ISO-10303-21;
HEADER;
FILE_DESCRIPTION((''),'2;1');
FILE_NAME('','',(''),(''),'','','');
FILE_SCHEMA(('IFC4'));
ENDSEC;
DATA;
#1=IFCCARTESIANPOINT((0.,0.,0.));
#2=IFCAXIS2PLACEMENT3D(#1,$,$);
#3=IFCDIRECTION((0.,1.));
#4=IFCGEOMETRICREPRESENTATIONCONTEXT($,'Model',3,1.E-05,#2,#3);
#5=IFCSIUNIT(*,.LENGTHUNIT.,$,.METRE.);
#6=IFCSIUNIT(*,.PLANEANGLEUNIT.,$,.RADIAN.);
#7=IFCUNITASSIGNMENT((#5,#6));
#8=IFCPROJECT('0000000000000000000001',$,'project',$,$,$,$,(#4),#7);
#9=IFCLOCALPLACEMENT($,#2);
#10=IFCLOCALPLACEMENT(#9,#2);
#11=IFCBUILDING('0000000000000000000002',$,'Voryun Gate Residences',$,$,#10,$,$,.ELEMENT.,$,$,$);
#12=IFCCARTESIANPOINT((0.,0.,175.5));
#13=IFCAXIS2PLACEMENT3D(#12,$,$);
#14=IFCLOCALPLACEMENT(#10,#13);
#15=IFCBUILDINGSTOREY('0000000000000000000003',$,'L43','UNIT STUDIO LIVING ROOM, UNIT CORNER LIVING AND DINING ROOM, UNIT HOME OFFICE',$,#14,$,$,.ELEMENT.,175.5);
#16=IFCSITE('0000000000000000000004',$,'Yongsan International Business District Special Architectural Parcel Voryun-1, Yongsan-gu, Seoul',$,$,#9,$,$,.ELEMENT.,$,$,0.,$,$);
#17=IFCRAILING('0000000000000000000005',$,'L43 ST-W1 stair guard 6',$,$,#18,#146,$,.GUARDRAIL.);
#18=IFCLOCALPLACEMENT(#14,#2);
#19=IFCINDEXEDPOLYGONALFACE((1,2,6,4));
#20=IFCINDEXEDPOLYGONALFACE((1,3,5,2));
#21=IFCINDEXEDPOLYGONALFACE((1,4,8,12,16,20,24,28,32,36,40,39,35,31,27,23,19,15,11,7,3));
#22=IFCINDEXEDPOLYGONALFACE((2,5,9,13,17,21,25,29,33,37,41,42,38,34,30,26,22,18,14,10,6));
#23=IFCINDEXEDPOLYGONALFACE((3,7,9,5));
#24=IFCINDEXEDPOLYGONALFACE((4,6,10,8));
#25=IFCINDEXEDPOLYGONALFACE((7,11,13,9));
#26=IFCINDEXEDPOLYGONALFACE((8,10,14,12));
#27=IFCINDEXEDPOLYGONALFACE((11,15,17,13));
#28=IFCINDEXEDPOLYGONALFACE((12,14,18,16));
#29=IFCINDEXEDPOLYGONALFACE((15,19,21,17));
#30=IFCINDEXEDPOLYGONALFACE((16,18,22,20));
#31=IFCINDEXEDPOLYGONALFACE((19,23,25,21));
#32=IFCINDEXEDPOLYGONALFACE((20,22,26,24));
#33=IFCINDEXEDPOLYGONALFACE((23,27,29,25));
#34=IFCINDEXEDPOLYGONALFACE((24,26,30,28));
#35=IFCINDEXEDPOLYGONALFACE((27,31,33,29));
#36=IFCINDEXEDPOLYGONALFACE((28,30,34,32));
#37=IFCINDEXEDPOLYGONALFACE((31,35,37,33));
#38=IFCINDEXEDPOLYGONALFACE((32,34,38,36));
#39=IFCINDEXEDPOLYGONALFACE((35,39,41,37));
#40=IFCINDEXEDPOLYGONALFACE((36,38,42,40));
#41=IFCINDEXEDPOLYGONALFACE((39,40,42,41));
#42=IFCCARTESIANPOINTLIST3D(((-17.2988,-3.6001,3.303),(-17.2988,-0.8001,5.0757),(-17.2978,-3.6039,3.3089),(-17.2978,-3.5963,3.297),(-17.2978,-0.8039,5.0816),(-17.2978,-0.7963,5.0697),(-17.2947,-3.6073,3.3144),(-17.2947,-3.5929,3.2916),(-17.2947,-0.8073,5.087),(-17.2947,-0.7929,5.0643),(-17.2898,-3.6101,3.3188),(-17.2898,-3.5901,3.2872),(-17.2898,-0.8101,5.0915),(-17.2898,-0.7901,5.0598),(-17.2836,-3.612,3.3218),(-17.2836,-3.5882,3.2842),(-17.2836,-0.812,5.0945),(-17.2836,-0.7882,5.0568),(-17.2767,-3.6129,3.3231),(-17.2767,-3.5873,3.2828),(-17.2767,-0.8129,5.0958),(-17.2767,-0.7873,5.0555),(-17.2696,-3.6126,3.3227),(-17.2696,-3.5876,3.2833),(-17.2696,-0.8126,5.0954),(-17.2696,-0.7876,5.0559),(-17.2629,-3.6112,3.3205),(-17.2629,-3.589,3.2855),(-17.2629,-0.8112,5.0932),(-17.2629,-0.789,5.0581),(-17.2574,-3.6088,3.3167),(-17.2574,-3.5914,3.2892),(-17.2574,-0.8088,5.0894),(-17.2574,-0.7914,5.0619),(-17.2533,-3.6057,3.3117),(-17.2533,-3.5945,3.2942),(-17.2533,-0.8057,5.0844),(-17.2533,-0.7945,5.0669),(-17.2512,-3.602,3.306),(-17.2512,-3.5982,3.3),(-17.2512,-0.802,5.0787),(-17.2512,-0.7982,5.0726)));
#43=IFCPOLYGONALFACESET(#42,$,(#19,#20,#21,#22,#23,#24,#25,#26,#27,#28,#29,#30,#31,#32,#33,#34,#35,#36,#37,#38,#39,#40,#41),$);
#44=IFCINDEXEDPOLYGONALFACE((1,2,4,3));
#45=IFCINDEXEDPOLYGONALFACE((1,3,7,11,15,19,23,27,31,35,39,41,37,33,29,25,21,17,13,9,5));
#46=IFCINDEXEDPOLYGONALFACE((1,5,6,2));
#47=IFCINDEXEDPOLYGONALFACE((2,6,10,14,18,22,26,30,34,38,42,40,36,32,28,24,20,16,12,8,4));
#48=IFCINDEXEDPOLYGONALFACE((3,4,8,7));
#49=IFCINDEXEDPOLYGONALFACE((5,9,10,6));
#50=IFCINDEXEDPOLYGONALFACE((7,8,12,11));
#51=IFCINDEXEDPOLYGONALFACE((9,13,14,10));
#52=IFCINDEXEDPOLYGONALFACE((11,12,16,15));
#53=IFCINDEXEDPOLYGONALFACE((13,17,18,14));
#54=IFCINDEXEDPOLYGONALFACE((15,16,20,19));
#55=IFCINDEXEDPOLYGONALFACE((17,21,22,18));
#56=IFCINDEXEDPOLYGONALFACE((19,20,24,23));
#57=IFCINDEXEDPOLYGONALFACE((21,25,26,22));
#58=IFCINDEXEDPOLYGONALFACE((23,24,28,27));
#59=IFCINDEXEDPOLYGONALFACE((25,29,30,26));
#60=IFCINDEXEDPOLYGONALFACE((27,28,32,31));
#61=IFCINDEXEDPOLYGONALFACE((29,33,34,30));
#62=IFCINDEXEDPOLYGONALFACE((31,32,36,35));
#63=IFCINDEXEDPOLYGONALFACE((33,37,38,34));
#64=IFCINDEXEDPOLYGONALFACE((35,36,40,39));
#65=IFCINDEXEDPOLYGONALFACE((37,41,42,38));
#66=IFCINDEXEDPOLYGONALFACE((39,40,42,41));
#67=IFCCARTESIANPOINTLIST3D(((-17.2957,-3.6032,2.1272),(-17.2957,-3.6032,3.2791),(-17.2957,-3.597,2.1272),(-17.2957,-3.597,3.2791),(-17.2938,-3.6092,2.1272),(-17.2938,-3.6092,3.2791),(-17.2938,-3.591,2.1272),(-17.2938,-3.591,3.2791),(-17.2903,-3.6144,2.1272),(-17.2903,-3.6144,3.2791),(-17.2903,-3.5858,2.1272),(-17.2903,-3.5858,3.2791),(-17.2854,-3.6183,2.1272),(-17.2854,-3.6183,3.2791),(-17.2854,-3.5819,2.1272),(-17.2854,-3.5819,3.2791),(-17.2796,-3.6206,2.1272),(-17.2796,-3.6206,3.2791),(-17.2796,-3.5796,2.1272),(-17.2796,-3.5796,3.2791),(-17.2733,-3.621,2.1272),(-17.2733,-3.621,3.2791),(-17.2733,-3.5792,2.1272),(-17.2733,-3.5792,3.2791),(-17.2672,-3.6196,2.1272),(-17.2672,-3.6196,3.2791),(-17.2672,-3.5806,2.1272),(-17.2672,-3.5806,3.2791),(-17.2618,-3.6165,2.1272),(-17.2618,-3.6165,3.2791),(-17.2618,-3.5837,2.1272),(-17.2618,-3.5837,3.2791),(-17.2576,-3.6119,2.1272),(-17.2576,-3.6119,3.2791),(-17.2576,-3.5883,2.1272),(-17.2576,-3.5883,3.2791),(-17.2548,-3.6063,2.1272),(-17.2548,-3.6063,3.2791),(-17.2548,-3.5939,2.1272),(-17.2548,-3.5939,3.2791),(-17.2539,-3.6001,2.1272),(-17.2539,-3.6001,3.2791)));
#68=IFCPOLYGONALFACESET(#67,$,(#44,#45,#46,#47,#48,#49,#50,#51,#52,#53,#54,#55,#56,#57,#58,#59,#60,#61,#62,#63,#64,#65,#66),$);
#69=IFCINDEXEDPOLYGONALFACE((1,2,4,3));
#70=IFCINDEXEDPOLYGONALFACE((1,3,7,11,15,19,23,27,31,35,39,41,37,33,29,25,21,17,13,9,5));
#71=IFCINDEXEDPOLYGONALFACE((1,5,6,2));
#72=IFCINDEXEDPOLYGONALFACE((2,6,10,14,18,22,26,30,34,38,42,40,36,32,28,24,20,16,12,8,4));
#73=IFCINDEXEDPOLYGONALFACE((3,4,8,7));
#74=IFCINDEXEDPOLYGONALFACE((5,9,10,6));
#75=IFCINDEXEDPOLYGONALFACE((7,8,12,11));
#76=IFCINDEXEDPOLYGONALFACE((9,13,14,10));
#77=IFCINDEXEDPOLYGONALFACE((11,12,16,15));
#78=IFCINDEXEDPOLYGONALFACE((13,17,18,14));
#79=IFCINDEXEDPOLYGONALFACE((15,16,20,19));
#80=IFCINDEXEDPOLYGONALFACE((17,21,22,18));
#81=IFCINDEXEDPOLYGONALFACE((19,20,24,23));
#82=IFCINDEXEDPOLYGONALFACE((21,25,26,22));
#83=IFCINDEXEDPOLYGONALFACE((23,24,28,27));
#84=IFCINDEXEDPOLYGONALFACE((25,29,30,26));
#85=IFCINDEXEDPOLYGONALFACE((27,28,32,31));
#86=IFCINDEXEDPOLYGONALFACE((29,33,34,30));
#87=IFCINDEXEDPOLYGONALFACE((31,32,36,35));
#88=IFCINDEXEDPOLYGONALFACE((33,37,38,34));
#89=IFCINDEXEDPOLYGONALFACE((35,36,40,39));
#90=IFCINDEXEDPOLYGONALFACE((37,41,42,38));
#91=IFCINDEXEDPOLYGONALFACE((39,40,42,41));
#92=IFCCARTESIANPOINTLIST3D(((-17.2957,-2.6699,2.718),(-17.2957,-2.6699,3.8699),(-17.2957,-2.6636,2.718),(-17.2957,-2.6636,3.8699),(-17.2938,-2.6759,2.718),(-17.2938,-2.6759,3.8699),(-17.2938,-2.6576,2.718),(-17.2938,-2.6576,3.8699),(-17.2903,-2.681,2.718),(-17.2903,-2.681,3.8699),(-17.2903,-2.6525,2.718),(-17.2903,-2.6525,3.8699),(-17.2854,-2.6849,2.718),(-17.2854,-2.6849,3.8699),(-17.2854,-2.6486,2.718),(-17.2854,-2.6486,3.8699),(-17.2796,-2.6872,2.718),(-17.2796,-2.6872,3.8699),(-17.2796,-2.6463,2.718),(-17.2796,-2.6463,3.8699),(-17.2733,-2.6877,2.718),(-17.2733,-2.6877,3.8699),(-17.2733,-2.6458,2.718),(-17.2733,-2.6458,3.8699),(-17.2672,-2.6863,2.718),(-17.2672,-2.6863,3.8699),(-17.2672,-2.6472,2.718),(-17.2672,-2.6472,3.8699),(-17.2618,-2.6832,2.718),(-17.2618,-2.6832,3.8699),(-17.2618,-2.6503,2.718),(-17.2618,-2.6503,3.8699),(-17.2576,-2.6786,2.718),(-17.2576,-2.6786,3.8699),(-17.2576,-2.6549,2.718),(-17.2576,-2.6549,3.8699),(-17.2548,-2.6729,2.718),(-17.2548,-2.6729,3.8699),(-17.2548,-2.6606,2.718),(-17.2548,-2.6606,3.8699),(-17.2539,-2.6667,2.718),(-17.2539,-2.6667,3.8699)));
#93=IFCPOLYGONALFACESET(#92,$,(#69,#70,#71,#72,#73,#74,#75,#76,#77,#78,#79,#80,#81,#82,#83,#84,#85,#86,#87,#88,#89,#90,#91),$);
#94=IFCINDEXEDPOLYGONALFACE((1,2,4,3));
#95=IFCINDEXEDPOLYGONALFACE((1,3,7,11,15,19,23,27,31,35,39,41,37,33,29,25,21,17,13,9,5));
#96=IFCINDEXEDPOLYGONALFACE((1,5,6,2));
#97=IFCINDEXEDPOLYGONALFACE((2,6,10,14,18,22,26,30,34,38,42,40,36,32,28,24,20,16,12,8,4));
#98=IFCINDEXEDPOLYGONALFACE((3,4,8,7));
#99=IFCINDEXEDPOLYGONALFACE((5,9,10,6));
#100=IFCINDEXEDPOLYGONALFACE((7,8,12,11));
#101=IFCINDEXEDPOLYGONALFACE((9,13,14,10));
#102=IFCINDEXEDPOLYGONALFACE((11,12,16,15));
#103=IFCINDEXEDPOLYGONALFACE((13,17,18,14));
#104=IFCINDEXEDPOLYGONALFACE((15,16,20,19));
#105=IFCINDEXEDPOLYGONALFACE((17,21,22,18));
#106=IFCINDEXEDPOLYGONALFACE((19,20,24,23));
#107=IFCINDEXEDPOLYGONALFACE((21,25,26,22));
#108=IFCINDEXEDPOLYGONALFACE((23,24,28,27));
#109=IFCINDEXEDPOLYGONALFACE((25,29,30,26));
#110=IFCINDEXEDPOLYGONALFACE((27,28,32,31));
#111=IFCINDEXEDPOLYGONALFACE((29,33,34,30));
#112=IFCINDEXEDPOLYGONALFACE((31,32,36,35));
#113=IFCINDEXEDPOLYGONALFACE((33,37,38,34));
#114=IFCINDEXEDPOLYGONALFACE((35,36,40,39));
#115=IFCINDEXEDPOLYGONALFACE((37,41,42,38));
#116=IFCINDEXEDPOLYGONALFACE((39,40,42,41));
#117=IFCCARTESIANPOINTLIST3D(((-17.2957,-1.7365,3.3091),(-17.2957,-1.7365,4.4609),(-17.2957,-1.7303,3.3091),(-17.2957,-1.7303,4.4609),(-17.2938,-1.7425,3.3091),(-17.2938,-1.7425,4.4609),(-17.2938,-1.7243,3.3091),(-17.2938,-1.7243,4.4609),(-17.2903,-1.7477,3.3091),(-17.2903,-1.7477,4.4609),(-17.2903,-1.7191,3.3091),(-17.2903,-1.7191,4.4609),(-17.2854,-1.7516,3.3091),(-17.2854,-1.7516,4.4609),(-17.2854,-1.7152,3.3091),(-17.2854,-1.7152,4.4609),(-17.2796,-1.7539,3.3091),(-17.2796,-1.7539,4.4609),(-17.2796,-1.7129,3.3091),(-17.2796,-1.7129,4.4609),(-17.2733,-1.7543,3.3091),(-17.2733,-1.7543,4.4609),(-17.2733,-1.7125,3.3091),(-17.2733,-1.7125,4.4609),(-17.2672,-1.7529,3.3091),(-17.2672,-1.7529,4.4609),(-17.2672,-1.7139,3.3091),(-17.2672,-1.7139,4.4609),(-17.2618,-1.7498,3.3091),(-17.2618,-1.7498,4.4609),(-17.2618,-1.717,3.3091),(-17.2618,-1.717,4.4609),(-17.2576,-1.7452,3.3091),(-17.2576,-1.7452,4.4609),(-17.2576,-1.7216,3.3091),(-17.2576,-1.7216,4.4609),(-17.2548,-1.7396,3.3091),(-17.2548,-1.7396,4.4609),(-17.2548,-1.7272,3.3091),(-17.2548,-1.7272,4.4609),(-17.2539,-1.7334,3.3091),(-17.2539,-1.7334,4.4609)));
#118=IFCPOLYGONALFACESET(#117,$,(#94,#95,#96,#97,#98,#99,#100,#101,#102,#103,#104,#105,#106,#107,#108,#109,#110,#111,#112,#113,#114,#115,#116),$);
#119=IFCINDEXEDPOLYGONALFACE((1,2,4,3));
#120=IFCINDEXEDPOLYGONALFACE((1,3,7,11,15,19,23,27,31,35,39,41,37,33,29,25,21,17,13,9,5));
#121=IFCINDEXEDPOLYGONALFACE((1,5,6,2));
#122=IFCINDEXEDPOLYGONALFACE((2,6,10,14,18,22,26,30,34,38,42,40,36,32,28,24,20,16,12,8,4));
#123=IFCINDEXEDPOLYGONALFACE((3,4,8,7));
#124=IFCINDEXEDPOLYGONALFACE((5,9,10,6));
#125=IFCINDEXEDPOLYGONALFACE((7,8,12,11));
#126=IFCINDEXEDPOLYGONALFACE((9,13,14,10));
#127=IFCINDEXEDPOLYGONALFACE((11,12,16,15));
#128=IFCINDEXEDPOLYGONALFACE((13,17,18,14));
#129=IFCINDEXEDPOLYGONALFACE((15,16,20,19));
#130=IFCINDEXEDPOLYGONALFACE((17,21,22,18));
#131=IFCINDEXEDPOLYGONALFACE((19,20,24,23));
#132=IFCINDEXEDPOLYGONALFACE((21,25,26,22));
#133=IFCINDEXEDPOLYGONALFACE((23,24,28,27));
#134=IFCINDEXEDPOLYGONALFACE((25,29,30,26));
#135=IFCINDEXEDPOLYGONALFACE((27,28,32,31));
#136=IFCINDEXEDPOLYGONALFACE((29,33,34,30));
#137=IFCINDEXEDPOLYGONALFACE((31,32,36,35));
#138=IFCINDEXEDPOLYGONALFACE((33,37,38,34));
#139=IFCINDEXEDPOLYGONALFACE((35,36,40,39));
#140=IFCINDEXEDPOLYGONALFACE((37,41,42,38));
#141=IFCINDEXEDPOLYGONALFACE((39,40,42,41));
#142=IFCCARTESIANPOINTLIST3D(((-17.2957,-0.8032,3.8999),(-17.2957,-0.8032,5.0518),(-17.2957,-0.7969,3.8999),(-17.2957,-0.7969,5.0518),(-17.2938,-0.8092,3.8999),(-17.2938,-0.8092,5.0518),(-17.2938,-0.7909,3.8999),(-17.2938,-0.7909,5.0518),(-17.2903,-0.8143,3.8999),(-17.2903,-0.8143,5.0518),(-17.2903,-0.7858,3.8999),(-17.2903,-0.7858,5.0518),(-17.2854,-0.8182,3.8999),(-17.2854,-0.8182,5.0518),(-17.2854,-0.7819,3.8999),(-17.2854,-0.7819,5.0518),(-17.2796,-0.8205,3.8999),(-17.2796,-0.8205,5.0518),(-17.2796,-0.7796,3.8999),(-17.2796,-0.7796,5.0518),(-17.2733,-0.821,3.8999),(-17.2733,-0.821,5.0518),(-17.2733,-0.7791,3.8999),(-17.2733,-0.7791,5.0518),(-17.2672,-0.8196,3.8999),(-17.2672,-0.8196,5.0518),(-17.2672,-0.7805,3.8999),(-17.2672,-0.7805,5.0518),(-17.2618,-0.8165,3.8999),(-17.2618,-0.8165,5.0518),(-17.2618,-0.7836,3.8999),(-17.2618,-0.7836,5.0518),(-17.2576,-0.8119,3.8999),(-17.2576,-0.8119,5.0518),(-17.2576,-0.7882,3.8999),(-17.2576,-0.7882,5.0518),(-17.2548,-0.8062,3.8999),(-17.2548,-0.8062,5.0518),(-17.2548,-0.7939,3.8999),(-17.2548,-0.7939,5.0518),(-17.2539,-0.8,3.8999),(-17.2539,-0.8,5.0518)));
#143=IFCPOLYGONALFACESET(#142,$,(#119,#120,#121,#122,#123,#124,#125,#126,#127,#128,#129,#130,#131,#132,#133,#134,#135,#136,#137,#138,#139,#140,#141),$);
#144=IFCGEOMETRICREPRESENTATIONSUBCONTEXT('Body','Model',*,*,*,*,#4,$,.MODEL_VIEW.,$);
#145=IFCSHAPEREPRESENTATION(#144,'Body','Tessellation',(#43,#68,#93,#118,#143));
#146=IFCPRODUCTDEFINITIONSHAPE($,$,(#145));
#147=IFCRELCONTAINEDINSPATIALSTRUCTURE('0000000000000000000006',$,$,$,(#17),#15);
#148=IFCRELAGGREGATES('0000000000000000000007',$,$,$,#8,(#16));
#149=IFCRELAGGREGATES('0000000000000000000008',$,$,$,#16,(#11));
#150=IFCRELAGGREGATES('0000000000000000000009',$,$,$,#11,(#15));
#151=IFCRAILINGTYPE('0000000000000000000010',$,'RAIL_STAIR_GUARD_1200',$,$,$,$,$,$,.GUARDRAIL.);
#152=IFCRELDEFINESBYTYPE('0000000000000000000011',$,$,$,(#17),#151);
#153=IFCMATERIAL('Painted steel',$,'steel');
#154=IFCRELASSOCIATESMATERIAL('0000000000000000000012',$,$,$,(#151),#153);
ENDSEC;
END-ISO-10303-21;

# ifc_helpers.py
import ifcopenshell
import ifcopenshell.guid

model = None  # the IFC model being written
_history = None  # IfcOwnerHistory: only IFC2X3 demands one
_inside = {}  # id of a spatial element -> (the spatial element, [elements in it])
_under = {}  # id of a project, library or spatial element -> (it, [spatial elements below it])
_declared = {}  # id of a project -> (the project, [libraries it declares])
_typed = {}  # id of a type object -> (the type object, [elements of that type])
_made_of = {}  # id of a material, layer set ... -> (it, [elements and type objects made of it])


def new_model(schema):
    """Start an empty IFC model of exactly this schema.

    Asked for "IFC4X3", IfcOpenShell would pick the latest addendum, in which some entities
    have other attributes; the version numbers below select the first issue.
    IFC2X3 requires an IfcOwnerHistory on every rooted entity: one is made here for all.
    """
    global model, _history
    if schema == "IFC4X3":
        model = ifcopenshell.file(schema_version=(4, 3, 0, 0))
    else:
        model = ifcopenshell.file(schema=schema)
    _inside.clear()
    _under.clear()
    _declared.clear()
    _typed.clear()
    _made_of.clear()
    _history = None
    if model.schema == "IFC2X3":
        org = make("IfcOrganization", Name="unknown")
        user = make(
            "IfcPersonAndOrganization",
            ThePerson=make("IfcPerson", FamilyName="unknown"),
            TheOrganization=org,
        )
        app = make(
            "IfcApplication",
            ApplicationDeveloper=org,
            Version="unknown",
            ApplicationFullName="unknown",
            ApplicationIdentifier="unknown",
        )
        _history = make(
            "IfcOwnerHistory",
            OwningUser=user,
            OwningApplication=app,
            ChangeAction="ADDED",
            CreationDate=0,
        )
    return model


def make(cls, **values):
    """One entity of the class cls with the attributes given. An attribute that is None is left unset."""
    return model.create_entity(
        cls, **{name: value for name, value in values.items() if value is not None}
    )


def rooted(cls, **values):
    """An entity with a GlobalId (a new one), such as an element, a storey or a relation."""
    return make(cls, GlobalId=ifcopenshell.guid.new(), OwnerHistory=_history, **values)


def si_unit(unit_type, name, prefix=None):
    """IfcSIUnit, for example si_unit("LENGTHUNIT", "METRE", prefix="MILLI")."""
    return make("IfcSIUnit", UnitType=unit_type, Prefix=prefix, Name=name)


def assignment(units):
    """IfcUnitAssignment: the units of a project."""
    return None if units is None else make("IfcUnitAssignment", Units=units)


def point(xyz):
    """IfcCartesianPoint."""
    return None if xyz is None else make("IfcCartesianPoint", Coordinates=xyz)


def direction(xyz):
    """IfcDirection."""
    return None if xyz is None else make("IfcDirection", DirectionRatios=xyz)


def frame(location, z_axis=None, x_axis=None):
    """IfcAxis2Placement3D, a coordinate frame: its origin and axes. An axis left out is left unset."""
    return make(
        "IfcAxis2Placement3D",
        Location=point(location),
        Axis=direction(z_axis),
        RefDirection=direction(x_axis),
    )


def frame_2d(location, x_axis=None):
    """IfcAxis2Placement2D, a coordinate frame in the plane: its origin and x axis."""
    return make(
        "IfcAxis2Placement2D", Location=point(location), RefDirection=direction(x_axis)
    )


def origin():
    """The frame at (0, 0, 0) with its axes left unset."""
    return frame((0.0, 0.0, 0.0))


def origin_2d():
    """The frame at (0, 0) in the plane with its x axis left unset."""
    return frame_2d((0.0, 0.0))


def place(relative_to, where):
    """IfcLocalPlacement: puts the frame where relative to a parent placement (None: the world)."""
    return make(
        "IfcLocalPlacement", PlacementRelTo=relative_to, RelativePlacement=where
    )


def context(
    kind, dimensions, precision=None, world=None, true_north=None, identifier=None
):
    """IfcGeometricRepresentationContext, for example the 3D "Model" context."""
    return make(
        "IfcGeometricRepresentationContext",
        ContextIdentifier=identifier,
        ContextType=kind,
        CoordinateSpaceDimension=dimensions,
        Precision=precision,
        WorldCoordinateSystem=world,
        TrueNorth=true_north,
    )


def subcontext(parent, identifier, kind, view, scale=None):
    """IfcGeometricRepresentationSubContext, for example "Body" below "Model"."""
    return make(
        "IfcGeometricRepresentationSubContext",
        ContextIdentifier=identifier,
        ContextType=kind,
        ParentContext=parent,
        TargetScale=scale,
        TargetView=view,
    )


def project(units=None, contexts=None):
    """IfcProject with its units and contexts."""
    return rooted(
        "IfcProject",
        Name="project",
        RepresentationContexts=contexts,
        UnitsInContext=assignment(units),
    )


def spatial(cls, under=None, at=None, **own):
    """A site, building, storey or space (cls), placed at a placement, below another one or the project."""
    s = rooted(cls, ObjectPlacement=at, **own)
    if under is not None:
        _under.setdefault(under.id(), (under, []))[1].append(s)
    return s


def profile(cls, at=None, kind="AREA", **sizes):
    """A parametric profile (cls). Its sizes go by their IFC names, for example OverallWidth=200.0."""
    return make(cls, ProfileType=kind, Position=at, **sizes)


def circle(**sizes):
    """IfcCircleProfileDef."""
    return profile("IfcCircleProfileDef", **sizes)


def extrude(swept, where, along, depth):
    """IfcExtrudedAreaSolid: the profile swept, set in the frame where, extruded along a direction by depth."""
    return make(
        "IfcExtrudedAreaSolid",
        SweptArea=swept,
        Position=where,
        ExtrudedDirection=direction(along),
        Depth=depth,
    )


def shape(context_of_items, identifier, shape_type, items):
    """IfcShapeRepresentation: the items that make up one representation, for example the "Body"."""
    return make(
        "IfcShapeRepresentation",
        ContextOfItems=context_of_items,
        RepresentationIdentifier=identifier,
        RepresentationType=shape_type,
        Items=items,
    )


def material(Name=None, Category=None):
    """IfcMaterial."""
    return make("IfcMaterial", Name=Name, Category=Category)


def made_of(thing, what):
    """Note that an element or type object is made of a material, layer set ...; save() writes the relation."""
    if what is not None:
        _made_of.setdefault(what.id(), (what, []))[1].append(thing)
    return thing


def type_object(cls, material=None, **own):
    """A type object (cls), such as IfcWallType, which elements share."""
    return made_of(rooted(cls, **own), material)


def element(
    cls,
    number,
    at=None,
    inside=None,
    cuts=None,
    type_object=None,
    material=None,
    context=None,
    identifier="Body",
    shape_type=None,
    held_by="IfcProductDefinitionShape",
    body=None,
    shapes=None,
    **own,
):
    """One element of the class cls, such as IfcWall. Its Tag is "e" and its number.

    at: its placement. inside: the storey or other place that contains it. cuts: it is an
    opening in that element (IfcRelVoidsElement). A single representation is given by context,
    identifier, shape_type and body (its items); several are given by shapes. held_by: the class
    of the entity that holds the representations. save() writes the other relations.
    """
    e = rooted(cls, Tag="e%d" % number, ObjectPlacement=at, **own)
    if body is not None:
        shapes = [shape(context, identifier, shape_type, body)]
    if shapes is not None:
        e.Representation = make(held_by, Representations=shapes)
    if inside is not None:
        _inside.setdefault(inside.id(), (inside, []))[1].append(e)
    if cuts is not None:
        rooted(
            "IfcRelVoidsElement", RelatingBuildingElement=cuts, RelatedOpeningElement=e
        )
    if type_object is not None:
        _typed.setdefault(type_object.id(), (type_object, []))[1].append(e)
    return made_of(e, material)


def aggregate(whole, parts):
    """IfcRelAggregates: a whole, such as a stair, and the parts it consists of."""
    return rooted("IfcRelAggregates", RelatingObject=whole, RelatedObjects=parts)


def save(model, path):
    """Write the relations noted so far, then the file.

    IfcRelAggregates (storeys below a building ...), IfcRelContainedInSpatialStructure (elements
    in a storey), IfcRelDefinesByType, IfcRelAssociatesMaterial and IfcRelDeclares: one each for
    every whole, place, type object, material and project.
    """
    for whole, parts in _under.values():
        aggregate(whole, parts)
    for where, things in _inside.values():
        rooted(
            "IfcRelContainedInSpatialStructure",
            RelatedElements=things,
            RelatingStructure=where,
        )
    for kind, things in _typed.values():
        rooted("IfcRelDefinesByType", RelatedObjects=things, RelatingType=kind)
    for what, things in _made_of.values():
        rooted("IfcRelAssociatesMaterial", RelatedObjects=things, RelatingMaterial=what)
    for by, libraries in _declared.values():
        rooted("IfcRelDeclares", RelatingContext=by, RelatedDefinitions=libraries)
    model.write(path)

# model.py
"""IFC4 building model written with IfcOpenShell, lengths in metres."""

from ifc_helpers import new_model, si_unit, direction, frame, origin, origin_2d, place, context, subcontext, project, spatial, circle, extrude, material, type_object, element, save


model = new_model("IFC4")

# Units and contexts
model_context = context("Model", 3, precision=1e-05, world=origin(), true_north=direction((0.0, 1.0)))
body_context = subcontext(model_context, "Body", "Model", "MODEL_VIEW")
ifc_project = project(units=[si_unit("LENGTHUNIT", "METRE"), si_unit("PLANEANGLEUNIT", "RADIAN")], contexts=[model_context])

# Site, building, storey
site_placement = place(None, origin())
site = spatial("IfcSite", under=ifc_project, at=site_placement, Name="Yongsan International Business District Special Architectural Parcel Voryun-1, Yongsan-gu, Seoul", CompositionType="ELEMENT", RefElevation=0.0)
building_placement = place(site_placement, origin())
building = spatial("IfcBuilding", under=site, at=building_placement, Name="Voryun Gate Residences", CompositionType="ELEMENT")
storey_placement = place(building_placement, frame((0.0, 0.0, 175.5)))
storey = spatial("IfcBuildingStorey", under=building, at=storey_placement, Name="L43", Description="UNIT STUDIO LIVING ROOM, UNIT CORNER LIVING AND DINING ROOM, UNIT HOME OFFICE", CompositionType="ELEMENT", Elevation=175.5)

# Railing
ifc_material_1 = material(Name="Painted steel", Category="steel")
railing_type_1 = type_object("IfcRailingType", Name="RAIL_STAIR_GUARD_1200", PredefinedType="GUARDRAIL", material=ifc_material_1)
railing_1_placement = place(storey_placement, frame((-17.2749, -3.6001, 2.1272)))
element("IfcRailing", 1, at=railing_1_placement, inside=storey, type_object=railing_type_1, Name="L43 ST-W1 stair guard 6", PredefinedType="GUARDRAIL", context=body_context, shape_type="SweptSolid", body=[
    extrude(circle(Radius=0.0239, at=origin_2d()), frame((0.0, 0.0, 1.1758), z_axis=(0.0, 0.844909, 0.53491), x_axis=(-1.0, 0.0, 0.0)), (0.0, 0.0, 1.0), 3.314),
    extrude(circle(Radius=0.021, at=origin_2d()), origin(), (0.0, 0.0, 1.0), 1.1519),
    extrude(circle(Radius=0.021, at=origin_2d()), frame((0.0, 0.9333, 0.5908)), (0.0, 0.0, 1.0), 1.1519),
    extrude(circle(Radius=0.021, at=origin_2d()), frame((0.0, 1.8667, 1.1819)), (0.0, 0.0, 1.0), 1.1519),
    extrude(circle(Radius=0.021, at=origin_2d()), frame((0.0, 2.8, 1.7727)), (0.0, 0.0, 1.0), 1.1519),
])

save(model, "model.ifc")
